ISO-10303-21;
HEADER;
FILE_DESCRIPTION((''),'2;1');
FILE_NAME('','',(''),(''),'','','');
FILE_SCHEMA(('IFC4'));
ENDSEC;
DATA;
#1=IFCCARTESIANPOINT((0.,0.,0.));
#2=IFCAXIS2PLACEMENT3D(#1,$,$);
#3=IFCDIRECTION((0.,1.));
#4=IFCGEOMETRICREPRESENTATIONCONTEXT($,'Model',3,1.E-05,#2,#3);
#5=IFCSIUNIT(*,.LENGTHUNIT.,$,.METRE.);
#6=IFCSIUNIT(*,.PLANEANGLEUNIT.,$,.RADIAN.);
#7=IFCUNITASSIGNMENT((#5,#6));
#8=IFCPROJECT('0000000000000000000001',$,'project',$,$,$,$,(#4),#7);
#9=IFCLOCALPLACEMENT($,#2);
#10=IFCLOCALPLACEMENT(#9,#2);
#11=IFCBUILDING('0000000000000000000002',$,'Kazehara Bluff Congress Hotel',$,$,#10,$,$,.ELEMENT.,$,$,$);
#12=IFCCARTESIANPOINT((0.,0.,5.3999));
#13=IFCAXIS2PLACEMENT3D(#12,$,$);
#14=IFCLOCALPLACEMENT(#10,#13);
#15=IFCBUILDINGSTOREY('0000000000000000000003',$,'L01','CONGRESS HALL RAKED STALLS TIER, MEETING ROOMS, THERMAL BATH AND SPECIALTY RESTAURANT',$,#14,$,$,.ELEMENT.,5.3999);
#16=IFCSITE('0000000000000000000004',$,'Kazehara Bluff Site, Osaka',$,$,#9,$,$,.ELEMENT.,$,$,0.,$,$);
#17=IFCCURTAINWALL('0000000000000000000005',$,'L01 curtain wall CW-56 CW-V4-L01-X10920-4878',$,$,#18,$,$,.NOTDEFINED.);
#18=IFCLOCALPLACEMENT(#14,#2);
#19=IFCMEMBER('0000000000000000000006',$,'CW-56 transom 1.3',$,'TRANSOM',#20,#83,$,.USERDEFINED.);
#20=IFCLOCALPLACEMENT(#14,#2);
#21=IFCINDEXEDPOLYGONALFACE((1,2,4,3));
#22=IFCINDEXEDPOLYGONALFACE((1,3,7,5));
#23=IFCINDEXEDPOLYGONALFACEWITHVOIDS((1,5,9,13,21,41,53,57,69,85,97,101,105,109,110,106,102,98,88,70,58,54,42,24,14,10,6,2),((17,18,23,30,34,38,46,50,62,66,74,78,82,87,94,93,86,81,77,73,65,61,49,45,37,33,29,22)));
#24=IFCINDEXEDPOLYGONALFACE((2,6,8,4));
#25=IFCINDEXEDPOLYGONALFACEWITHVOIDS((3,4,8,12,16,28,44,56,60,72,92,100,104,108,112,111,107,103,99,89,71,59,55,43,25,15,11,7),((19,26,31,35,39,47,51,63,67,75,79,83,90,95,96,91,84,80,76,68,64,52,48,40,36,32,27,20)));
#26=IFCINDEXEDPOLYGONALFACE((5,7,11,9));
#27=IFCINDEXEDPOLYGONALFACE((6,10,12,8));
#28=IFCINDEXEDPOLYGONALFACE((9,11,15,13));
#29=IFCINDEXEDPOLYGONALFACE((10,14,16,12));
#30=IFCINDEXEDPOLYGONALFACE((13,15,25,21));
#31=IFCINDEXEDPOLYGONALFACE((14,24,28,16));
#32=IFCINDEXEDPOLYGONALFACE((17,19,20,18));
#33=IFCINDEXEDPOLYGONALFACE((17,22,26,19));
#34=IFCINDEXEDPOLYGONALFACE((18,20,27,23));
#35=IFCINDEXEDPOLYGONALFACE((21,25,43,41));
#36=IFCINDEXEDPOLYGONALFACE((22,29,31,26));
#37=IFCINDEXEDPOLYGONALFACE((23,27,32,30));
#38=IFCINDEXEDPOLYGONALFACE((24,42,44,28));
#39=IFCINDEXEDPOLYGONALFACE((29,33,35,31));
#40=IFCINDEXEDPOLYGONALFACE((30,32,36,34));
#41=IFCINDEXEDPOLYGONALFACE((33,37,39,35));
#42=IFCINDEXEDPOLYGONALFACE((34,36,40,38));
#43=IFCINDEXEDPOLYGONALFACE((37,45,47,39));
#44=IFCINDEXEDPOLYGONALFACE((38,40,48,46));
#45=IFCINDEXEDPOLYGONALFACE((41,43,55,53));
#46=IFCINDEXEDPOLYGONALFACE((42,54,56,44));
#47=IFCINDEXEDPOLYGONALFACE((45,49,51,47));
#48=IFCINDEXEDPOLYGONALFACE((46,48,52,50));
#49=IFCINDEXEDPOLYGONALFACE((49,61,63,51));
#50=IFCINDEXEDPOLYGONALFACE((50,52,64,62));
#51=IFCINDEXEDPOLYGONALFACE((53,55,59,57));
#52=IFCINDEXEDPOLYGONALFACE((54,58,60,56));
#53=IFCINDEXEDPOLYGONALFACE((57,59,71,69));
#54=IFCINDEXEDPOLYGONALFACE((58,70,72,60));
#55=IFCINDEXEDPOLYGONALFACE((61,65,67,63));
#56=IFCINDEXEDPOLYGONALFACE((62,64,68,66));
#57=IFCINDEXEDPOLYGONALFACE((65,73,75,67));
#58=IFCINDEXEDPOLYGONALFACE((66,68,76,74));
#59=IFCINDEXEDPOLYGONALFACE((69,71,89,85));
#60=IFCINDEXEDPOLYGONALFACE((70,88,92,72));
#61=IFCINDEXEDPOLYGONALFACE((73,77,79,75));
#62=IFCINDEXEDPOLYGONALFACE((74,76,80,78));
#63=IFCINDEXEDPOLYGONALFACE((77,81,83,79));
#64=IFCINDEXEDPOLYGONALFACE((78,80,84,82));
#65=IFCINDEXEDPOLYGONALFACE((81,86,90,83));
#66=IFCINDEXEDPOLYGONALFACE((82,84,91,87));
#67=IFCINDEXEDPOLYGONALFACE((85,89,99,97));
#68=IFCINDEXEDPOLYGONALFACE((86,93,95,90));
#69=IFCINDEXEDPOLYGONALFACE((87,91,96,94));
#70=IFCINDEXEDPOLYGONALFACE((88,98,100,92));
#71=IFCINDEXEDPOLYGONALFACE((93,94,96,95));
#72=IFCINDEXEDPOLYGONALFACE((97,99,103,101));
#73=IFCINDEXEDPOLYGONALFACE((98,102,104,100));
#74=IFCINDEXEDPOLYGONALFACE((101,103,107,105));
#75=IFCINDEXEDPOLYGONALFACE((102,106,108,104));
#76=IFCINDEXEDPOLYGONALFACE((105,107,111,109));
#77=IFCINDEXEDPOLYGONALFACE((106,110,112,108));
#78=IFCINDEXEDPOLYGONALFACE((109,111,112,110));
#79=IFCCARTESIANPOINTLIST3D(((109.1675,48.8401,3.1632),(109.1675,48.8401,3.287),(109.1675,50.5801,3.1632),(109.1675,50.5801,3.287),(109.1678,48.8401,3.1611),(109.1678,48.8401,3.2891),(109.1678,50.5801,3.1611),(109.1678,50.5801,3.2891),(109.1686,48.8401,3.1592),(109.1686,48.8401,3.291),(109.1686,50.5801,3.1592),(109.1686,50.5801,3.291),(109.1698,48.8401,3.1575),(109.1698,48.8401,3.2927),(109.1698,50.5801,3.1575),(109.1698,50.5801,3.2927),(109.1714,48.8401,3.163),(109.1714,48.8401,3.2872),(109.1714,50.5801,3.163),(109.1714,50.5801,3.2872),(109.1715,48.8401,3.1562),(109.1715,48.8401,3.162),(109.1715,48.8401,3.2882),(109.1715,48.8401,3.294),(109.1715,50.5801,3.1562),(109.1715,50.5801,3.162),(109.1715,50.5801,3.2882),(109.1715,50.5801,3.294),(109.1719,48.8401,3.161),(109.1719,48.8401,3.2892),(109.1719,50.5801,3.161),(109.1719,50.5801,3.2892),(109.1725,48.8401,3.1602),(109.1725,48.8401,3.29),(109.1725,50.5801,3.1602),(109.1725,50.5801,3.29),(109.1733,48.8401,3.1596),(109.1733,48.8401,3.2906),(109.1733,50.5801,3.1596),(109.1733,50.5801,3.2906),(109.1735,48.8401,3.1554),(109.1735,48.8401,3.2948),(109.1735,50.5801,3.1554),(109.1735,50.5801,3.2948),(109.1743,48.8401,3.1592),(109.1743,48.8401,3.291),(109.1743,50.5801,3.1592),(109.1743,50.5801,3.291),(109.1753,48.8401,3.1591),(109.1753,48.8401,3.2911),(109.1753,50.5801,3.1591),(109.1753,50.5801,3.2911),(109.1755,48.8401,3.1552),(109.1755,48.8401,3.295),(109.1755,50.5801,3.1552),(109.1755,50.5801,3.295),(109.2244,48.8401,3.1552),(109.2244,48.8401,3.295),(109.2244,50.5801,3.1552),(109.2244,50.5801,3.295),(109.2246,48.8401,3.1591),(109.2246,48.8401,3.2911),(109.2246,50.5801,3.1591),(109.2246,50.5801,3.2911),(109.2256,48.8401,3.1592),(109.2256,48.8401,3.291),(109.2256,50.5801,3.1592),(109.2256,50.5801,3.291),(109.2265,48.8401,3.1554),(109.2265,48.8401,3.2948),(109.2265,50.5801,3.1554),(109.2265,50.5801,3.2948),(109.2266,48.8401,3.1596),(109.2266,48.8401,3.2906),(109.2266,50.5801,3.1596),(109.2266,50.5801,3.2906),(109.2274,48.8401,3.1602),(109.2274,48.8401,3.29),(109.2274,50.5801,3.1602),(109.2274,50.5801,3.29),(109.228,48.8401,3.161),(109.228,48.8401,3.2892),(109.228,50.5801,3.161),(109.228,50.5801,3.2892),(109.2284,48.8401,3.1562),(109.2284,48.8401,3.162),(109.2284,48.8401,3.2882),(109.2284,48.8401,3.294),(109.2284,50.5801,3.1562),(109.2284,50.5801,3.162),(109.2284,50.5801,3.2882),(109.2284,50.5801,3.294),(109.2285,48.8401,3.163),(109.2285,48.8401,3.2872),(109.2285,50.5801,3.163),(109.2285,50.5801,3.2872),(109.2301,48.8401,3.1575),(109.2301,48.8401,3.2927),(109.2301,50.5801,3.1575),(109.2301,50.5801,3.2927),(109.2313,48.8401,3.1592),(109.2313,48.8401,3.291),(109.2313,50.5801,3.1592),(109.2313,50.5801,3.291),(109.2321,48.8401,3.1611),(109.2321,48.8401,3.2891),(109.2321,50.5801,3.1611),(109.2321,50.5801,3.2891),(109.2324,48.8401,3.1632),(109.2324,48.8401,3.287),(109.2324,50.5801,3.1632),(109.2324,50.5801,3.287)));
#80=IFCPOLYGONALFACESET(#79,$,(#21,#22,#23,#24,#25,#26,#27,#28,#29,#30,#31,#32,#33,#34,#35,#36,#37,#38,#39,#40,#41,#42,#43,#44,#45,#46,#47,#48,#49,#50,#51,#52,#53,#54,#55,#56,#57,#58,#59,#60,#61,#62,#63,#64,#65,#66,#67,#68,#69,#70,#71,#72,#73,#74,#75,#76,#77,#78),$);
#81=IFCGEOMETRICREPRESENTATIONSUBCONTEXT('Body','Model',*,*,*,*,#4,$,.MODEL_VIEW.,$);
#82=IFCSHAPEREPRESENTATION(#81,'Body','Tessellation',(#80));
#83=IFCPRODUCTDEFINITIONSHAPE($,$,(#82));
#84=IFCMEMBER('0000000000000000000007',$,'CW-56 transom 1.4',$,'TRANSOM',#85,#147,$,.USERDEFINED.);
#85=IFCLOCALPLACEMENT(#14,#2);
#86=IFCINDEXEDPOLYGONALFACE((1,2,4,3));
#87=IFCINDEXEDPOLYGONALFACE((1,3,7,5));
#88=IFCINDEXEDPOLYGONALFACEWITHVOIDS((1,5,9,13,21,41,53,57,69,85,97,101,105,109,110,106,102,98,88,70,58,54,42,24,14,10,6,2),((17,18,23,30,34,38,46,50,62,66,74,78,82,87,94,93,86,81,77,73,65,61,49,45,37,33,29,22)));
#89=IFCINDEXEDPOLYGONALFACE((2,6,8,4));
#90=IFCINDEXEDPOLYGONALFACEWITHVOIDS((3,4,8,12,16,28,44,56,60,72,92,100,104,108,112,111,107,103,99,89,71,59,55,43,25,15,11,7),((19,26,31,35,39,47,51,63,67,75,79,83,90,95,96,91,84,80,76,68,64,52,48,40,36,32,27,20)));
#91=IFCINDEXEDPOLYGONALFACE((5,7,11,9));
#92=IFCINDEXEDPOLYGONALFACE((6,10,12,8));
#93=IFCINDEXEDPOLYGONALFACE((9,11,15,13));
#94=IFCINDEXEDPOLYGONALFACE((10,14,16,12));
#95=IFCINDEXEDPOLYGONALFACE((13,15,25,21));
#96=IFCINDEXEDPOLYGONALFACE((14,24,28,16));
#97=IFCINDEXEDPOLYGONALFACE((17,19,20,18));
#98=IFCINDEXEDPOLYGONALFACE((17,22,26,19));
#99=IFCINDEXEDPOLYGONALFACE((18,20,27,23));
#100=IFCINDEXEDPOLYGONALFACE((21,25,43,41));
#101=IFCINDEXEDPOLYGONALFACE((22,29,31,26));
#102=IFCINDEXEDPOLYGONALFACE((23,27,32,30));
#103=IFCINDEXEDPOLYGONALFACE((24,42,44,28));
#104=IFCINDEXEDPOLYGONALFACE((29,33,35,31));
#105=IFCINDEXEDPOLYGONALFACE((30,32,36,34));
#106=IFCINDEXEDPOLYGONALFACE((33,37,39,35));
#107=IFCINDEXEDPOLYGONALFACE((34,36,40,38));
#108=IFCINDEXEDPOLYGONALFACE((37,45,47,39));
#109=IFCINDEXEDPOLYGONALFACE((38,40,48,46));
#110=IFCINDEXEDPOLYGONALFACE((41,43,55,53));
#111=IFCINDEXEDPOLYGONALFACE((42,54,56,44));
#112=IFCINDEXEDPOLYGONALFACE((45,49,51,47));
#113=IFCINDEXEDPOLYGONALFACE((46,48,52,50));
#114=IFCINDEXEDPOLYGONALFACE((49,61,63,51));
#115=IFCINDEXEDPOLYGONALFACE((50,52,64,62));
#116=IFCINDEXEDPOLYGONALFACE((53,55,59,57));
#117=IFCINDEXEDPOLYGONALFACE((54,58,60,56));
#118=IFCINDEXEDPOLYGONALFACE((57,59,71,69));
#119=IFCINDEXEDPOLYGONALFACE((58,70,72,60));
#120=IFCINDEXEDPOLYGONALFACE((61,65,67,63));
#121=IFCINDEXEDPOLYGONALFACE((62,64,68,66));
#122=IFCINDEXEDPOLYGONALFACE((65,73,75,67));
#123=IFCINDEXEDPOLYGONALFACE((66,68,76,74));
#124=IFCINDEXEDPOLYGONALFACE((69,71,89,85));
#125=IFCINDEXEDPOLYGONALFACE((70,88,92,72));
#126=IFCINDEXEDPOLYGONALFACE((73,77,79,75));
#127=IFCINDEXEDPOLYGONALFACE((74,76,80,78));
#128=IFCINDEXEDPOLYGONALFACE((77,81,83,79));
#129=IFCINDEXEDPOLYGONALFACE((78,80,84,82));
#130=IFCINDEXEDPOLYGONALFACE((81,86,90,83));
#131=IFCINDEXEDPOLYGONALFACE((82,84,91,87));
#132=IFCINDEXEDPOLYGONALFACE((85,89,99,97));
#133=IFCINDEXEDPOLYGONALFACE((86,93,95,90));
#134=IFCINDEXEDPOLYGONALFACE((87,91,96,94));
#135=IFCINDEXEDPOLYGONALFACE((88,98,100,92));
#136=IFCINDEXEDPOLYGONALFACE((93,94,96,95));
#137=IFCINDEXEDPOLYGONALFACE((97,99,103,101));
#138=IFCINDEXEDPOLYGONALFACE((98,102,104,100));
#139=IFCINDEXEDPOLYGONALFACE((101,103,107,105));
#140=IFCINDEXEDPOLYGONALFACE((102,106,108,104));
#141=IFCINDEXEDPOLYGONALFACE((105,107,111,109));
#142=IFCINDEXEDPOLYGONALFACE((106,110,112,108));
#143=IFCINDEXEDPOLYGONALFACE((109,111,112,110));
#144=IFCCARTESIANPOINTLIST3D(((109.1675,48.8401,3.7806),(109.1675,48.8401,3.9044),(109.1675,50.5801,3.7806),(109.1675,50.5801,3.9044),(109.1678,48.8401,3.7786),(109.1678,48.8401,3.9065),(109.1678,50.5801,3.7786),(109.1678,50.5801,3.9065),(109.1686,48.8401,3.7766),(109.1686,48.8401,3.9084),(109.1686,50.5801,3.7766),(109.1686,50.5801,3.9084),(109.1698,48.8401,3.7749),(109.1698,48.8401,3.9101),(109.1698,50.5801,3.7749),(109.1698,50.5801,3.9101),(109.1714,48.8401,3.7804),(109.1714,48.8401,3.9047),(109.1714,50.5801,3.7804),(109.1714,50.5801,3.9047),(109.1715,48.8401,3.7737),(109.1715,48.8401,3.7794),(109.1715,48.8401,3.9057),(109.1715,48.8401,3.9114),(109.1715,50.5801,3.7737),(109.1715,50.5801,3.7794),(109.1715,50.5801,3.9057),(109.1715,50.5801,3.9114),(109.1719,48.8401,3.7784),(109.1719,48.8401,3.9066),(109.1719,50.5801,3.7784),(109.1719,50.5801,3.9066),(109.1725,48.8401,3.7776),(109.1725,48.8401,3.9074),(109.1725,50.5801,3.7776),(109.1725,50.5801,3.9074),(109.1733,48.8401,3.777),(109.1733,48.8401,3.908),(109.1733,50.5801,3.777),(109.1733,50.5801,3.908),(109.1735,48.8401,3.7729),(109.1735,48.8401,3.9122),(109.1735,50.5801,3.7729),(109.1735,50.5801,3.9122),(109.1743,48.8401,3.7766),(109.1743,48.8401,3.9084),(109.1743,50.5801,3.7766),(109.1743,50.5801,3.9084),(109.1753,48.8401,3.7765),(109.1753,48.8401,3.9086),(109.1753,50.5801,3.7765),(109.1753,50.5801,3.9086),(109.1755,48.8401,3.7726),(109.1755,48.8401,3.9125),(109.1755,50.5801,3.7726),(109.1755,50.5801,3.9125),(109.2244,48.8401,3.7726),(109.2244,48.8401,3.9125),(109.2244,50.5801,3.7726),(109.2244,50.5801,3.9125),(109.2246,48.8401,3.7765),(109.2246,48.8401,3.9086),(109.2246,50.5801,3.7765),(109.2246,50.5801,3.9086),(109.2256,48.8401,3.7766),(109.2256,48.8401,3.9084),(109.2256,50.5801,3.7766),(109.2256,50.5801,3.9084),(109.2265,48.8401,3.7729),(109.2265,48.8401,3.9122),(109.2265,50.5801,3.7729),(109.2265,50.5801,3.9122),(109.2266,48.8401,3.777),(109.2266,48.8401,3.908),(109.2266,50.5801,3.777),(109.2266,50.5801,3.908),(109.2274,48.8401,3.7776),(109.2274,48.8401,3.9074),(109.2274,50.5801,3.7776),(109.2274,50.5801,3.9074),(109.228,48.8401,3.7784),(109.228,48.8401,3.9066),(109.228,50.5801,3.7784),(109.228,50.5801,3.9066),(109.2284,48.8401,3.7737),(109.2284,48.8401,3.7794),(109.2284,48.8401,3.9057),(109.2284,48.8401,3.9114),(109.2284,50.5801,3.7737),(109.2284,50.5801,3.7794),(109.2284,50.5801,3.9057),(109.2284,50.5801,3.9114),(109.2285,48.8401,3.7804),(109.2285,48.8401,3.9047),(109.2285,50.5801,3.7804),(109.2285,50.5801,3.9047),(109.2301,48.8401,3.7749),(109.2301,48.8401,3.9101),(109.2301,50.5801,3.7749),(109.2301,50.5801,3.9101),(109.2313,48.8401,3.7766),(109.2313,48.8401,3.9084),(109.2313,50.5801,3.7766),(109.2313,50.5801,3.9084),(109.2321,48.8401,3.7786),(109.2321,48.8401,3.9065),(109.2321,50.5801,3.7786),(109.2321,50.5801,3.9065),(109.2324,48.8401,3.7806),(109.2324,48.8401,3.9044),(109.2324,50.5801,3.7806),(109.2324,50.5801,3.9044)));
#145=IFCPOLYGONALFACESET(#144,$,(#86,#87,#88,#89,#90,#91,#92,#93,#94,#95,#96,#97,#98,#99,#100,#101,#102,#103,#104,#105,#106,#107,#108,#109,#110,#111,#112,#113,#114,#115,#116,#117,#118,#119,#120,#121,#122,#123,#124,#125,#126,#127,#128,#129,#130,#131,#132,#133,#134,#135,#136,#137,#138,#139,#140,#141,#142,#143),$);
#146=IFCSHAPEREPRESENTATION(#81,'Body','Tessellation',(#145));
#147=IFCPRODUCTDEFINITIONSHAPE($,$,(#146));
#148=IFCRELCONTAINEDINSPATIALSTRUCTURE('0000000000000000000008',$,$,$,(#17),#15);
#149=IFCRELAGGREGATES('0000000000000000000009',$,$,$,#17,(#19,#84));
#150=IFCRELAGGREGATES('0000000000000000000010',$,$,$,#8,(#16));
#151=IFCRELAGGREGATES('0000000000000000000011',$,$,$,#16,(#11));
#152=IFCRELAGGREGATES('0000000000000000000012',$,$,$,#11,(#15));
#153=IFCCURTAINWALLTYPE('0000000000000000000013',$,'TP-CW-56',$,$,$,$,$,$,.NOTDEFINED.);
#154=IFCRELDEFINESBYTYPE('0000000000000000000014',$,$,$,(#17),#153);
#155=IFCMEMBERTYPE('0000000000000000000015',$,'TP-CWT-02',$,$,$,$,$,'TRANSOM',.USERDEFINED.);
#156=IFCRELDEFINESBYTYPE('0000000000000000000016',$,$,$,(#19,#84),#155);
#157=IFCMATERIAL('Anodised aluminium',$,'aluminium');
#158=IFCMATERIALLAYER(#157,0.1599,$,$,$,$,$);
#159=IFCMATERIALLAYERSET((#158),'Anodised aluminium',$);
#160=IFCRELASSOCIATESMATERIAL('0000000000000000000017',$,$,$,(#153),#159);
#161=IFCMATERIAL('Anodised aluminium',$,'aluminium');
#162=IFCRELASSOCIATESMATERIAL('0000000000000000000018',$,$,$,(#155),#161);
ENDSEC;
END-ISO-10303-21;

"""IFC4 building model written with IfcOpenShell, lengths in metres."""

from ifc_helpers import new_model, si_unit, direction, frame, origin, origin_2d, place, context, subcontext, project, spatial, hollow_rectangle, extrude, material, layer, layer_set, material_profile, profile_set, type_object, element, aggregate, save


model = new_model("IFC4")

# Units and contexts
model_context = context("Model", 3, precision=1e-05, world=origin(), true_north=direction((0.0, 1.0)))
body_context = subcontext(model_context, "Body", "Model", "MODEL_VIEW")
ifc_project = project(units=[si_unit("LENGTHUNIT", "METRE"), si_unit("PLANEANGLEUNIT", "RADIAN")], contexts=[model_context])

# Site, building, storey
site_placement = place(None, origin())
site = spatial("IfcSite", under=ifc_project, at=site_placement, Name="Kazehara Bluff Site, Osaka", CompositionType="ELEMENT", RefElevation=0.0)
building_placement = place(site_placement, origin())
building = spatial("IfcBuilding", under=site, at=building_placement, Name="Kazehara Bluff Congress Hotel", CompositionType="ELEMENT")
storey_placement = place(building_placement, frame((0.0, 0.0, 5.3999)))
storey = spatial("IfcBuildingStorey", under=building, at=storey_placement, Name="L01", Description="CONGRESS HALL RAKED STALLS TIER, MEETING ROOMS, THERMAL BATH AND SPECIALTY RESTAURANT", CompositionType="ELEMENT", Elevation=5.3999)

# Curtain wall
ifc_material_1 = material(Name="Anodised aluminium", Category="aluminium")
ifc_layer_1 = layer(ifc_material_1, 0.1599)
ifc_layer_set_1 = layer_set([ifc_layer_1], Name="Anodised aluminium")
curtain_wall_type_1 = type_object("IfcCurtainWallType", Name="TP-CW-56", PredefinedType="NOTDEFINED", material=ifc_layer_set_1)
curtain_wall_1_placement = place(storey_placement, origin())
curtain_wall_1 = element("IfcCurtainWall", 1, at=curtain_wall_1_placement, inside=storey, type_object=curtain_wall_type_1, Name="L01 curtain wall CW-56 CW-V4-L01-X10920-4878", PredefinedType="NOTDEFINED")

# Members
ifc_material_2 = material(Name="Anodised aluminium", Category="aluminium")
ifc_material_profile_1 = material_profile(ifc_material_2, hollow_rectangle(XDim=0.0649, YDim=0.1399, WallThickness=0.0039, InnerFilletRadius=0.0039, OuterFilletRadius=0.0081, at=origin_2d()))
ifc_profile_set_1 = profile_set([ifc_material_profile_1], Name="Anodised aluminium")
member_type_1 = type_object("IfcMemberType", Name="TP-CWT-02", ElementType="TRANSOM", PredefinedType="USERDEFINED", material=ifc_profile_set_1)
member_1_placement = place(storey_placement, frame((109.2, 48.8401, 3.2251), z_axis=(0.0, 1.0, 0.0), x_axis=(-1.0, 0.0, 0.0)))
member_1 = element("IfcMember", 2, at=member_1_placement, type_object=member_type_1, Name="CW-56 transom 1.3", ObjectType="TRANSOM", PredefinedType="USERDEFINED", context=body_context, shape_type="SweptSolid", body=[
    extrude(hollow_rectangle(XDim=0.0649, YDim=0.1399, WallThickness=0.0039, InnerFilletRadius=0.0039, OuterFilletRadius=0.0081, at=origin_2d()), origin(), (0.0, 0.0, 1.0), 1.74),
])
member_2_placement = place(storey_placement, frame((109.2, 48.8401, 3.8425), z_axis=(0.0, 1.0, 0.0), x_axis=(-1.0, 0.0, 0.0)))
member_2 = element("IfcMember", 3, at=member_2_placement, type_object=member_type_1, Name="CW-56 transom 1.4", ObjectType="TRANSOM", PredefinedType="USERDEFINED", context=body_context, shape_type="SweptSolid", body=[
    extrude(hollow_rectangle(XDim=0.0649, YDim=0.1399, WallThickness=0.0039, InnerFilletRadius=0.0039, OuterFilletRadius=0.0081, at=origin_2d()), origin(), (0.0, 0.0, 1.0), 1.74),
])

aggregate(curtain_wall_1, [member_1, member_2])

save(model, "model.ifc")
